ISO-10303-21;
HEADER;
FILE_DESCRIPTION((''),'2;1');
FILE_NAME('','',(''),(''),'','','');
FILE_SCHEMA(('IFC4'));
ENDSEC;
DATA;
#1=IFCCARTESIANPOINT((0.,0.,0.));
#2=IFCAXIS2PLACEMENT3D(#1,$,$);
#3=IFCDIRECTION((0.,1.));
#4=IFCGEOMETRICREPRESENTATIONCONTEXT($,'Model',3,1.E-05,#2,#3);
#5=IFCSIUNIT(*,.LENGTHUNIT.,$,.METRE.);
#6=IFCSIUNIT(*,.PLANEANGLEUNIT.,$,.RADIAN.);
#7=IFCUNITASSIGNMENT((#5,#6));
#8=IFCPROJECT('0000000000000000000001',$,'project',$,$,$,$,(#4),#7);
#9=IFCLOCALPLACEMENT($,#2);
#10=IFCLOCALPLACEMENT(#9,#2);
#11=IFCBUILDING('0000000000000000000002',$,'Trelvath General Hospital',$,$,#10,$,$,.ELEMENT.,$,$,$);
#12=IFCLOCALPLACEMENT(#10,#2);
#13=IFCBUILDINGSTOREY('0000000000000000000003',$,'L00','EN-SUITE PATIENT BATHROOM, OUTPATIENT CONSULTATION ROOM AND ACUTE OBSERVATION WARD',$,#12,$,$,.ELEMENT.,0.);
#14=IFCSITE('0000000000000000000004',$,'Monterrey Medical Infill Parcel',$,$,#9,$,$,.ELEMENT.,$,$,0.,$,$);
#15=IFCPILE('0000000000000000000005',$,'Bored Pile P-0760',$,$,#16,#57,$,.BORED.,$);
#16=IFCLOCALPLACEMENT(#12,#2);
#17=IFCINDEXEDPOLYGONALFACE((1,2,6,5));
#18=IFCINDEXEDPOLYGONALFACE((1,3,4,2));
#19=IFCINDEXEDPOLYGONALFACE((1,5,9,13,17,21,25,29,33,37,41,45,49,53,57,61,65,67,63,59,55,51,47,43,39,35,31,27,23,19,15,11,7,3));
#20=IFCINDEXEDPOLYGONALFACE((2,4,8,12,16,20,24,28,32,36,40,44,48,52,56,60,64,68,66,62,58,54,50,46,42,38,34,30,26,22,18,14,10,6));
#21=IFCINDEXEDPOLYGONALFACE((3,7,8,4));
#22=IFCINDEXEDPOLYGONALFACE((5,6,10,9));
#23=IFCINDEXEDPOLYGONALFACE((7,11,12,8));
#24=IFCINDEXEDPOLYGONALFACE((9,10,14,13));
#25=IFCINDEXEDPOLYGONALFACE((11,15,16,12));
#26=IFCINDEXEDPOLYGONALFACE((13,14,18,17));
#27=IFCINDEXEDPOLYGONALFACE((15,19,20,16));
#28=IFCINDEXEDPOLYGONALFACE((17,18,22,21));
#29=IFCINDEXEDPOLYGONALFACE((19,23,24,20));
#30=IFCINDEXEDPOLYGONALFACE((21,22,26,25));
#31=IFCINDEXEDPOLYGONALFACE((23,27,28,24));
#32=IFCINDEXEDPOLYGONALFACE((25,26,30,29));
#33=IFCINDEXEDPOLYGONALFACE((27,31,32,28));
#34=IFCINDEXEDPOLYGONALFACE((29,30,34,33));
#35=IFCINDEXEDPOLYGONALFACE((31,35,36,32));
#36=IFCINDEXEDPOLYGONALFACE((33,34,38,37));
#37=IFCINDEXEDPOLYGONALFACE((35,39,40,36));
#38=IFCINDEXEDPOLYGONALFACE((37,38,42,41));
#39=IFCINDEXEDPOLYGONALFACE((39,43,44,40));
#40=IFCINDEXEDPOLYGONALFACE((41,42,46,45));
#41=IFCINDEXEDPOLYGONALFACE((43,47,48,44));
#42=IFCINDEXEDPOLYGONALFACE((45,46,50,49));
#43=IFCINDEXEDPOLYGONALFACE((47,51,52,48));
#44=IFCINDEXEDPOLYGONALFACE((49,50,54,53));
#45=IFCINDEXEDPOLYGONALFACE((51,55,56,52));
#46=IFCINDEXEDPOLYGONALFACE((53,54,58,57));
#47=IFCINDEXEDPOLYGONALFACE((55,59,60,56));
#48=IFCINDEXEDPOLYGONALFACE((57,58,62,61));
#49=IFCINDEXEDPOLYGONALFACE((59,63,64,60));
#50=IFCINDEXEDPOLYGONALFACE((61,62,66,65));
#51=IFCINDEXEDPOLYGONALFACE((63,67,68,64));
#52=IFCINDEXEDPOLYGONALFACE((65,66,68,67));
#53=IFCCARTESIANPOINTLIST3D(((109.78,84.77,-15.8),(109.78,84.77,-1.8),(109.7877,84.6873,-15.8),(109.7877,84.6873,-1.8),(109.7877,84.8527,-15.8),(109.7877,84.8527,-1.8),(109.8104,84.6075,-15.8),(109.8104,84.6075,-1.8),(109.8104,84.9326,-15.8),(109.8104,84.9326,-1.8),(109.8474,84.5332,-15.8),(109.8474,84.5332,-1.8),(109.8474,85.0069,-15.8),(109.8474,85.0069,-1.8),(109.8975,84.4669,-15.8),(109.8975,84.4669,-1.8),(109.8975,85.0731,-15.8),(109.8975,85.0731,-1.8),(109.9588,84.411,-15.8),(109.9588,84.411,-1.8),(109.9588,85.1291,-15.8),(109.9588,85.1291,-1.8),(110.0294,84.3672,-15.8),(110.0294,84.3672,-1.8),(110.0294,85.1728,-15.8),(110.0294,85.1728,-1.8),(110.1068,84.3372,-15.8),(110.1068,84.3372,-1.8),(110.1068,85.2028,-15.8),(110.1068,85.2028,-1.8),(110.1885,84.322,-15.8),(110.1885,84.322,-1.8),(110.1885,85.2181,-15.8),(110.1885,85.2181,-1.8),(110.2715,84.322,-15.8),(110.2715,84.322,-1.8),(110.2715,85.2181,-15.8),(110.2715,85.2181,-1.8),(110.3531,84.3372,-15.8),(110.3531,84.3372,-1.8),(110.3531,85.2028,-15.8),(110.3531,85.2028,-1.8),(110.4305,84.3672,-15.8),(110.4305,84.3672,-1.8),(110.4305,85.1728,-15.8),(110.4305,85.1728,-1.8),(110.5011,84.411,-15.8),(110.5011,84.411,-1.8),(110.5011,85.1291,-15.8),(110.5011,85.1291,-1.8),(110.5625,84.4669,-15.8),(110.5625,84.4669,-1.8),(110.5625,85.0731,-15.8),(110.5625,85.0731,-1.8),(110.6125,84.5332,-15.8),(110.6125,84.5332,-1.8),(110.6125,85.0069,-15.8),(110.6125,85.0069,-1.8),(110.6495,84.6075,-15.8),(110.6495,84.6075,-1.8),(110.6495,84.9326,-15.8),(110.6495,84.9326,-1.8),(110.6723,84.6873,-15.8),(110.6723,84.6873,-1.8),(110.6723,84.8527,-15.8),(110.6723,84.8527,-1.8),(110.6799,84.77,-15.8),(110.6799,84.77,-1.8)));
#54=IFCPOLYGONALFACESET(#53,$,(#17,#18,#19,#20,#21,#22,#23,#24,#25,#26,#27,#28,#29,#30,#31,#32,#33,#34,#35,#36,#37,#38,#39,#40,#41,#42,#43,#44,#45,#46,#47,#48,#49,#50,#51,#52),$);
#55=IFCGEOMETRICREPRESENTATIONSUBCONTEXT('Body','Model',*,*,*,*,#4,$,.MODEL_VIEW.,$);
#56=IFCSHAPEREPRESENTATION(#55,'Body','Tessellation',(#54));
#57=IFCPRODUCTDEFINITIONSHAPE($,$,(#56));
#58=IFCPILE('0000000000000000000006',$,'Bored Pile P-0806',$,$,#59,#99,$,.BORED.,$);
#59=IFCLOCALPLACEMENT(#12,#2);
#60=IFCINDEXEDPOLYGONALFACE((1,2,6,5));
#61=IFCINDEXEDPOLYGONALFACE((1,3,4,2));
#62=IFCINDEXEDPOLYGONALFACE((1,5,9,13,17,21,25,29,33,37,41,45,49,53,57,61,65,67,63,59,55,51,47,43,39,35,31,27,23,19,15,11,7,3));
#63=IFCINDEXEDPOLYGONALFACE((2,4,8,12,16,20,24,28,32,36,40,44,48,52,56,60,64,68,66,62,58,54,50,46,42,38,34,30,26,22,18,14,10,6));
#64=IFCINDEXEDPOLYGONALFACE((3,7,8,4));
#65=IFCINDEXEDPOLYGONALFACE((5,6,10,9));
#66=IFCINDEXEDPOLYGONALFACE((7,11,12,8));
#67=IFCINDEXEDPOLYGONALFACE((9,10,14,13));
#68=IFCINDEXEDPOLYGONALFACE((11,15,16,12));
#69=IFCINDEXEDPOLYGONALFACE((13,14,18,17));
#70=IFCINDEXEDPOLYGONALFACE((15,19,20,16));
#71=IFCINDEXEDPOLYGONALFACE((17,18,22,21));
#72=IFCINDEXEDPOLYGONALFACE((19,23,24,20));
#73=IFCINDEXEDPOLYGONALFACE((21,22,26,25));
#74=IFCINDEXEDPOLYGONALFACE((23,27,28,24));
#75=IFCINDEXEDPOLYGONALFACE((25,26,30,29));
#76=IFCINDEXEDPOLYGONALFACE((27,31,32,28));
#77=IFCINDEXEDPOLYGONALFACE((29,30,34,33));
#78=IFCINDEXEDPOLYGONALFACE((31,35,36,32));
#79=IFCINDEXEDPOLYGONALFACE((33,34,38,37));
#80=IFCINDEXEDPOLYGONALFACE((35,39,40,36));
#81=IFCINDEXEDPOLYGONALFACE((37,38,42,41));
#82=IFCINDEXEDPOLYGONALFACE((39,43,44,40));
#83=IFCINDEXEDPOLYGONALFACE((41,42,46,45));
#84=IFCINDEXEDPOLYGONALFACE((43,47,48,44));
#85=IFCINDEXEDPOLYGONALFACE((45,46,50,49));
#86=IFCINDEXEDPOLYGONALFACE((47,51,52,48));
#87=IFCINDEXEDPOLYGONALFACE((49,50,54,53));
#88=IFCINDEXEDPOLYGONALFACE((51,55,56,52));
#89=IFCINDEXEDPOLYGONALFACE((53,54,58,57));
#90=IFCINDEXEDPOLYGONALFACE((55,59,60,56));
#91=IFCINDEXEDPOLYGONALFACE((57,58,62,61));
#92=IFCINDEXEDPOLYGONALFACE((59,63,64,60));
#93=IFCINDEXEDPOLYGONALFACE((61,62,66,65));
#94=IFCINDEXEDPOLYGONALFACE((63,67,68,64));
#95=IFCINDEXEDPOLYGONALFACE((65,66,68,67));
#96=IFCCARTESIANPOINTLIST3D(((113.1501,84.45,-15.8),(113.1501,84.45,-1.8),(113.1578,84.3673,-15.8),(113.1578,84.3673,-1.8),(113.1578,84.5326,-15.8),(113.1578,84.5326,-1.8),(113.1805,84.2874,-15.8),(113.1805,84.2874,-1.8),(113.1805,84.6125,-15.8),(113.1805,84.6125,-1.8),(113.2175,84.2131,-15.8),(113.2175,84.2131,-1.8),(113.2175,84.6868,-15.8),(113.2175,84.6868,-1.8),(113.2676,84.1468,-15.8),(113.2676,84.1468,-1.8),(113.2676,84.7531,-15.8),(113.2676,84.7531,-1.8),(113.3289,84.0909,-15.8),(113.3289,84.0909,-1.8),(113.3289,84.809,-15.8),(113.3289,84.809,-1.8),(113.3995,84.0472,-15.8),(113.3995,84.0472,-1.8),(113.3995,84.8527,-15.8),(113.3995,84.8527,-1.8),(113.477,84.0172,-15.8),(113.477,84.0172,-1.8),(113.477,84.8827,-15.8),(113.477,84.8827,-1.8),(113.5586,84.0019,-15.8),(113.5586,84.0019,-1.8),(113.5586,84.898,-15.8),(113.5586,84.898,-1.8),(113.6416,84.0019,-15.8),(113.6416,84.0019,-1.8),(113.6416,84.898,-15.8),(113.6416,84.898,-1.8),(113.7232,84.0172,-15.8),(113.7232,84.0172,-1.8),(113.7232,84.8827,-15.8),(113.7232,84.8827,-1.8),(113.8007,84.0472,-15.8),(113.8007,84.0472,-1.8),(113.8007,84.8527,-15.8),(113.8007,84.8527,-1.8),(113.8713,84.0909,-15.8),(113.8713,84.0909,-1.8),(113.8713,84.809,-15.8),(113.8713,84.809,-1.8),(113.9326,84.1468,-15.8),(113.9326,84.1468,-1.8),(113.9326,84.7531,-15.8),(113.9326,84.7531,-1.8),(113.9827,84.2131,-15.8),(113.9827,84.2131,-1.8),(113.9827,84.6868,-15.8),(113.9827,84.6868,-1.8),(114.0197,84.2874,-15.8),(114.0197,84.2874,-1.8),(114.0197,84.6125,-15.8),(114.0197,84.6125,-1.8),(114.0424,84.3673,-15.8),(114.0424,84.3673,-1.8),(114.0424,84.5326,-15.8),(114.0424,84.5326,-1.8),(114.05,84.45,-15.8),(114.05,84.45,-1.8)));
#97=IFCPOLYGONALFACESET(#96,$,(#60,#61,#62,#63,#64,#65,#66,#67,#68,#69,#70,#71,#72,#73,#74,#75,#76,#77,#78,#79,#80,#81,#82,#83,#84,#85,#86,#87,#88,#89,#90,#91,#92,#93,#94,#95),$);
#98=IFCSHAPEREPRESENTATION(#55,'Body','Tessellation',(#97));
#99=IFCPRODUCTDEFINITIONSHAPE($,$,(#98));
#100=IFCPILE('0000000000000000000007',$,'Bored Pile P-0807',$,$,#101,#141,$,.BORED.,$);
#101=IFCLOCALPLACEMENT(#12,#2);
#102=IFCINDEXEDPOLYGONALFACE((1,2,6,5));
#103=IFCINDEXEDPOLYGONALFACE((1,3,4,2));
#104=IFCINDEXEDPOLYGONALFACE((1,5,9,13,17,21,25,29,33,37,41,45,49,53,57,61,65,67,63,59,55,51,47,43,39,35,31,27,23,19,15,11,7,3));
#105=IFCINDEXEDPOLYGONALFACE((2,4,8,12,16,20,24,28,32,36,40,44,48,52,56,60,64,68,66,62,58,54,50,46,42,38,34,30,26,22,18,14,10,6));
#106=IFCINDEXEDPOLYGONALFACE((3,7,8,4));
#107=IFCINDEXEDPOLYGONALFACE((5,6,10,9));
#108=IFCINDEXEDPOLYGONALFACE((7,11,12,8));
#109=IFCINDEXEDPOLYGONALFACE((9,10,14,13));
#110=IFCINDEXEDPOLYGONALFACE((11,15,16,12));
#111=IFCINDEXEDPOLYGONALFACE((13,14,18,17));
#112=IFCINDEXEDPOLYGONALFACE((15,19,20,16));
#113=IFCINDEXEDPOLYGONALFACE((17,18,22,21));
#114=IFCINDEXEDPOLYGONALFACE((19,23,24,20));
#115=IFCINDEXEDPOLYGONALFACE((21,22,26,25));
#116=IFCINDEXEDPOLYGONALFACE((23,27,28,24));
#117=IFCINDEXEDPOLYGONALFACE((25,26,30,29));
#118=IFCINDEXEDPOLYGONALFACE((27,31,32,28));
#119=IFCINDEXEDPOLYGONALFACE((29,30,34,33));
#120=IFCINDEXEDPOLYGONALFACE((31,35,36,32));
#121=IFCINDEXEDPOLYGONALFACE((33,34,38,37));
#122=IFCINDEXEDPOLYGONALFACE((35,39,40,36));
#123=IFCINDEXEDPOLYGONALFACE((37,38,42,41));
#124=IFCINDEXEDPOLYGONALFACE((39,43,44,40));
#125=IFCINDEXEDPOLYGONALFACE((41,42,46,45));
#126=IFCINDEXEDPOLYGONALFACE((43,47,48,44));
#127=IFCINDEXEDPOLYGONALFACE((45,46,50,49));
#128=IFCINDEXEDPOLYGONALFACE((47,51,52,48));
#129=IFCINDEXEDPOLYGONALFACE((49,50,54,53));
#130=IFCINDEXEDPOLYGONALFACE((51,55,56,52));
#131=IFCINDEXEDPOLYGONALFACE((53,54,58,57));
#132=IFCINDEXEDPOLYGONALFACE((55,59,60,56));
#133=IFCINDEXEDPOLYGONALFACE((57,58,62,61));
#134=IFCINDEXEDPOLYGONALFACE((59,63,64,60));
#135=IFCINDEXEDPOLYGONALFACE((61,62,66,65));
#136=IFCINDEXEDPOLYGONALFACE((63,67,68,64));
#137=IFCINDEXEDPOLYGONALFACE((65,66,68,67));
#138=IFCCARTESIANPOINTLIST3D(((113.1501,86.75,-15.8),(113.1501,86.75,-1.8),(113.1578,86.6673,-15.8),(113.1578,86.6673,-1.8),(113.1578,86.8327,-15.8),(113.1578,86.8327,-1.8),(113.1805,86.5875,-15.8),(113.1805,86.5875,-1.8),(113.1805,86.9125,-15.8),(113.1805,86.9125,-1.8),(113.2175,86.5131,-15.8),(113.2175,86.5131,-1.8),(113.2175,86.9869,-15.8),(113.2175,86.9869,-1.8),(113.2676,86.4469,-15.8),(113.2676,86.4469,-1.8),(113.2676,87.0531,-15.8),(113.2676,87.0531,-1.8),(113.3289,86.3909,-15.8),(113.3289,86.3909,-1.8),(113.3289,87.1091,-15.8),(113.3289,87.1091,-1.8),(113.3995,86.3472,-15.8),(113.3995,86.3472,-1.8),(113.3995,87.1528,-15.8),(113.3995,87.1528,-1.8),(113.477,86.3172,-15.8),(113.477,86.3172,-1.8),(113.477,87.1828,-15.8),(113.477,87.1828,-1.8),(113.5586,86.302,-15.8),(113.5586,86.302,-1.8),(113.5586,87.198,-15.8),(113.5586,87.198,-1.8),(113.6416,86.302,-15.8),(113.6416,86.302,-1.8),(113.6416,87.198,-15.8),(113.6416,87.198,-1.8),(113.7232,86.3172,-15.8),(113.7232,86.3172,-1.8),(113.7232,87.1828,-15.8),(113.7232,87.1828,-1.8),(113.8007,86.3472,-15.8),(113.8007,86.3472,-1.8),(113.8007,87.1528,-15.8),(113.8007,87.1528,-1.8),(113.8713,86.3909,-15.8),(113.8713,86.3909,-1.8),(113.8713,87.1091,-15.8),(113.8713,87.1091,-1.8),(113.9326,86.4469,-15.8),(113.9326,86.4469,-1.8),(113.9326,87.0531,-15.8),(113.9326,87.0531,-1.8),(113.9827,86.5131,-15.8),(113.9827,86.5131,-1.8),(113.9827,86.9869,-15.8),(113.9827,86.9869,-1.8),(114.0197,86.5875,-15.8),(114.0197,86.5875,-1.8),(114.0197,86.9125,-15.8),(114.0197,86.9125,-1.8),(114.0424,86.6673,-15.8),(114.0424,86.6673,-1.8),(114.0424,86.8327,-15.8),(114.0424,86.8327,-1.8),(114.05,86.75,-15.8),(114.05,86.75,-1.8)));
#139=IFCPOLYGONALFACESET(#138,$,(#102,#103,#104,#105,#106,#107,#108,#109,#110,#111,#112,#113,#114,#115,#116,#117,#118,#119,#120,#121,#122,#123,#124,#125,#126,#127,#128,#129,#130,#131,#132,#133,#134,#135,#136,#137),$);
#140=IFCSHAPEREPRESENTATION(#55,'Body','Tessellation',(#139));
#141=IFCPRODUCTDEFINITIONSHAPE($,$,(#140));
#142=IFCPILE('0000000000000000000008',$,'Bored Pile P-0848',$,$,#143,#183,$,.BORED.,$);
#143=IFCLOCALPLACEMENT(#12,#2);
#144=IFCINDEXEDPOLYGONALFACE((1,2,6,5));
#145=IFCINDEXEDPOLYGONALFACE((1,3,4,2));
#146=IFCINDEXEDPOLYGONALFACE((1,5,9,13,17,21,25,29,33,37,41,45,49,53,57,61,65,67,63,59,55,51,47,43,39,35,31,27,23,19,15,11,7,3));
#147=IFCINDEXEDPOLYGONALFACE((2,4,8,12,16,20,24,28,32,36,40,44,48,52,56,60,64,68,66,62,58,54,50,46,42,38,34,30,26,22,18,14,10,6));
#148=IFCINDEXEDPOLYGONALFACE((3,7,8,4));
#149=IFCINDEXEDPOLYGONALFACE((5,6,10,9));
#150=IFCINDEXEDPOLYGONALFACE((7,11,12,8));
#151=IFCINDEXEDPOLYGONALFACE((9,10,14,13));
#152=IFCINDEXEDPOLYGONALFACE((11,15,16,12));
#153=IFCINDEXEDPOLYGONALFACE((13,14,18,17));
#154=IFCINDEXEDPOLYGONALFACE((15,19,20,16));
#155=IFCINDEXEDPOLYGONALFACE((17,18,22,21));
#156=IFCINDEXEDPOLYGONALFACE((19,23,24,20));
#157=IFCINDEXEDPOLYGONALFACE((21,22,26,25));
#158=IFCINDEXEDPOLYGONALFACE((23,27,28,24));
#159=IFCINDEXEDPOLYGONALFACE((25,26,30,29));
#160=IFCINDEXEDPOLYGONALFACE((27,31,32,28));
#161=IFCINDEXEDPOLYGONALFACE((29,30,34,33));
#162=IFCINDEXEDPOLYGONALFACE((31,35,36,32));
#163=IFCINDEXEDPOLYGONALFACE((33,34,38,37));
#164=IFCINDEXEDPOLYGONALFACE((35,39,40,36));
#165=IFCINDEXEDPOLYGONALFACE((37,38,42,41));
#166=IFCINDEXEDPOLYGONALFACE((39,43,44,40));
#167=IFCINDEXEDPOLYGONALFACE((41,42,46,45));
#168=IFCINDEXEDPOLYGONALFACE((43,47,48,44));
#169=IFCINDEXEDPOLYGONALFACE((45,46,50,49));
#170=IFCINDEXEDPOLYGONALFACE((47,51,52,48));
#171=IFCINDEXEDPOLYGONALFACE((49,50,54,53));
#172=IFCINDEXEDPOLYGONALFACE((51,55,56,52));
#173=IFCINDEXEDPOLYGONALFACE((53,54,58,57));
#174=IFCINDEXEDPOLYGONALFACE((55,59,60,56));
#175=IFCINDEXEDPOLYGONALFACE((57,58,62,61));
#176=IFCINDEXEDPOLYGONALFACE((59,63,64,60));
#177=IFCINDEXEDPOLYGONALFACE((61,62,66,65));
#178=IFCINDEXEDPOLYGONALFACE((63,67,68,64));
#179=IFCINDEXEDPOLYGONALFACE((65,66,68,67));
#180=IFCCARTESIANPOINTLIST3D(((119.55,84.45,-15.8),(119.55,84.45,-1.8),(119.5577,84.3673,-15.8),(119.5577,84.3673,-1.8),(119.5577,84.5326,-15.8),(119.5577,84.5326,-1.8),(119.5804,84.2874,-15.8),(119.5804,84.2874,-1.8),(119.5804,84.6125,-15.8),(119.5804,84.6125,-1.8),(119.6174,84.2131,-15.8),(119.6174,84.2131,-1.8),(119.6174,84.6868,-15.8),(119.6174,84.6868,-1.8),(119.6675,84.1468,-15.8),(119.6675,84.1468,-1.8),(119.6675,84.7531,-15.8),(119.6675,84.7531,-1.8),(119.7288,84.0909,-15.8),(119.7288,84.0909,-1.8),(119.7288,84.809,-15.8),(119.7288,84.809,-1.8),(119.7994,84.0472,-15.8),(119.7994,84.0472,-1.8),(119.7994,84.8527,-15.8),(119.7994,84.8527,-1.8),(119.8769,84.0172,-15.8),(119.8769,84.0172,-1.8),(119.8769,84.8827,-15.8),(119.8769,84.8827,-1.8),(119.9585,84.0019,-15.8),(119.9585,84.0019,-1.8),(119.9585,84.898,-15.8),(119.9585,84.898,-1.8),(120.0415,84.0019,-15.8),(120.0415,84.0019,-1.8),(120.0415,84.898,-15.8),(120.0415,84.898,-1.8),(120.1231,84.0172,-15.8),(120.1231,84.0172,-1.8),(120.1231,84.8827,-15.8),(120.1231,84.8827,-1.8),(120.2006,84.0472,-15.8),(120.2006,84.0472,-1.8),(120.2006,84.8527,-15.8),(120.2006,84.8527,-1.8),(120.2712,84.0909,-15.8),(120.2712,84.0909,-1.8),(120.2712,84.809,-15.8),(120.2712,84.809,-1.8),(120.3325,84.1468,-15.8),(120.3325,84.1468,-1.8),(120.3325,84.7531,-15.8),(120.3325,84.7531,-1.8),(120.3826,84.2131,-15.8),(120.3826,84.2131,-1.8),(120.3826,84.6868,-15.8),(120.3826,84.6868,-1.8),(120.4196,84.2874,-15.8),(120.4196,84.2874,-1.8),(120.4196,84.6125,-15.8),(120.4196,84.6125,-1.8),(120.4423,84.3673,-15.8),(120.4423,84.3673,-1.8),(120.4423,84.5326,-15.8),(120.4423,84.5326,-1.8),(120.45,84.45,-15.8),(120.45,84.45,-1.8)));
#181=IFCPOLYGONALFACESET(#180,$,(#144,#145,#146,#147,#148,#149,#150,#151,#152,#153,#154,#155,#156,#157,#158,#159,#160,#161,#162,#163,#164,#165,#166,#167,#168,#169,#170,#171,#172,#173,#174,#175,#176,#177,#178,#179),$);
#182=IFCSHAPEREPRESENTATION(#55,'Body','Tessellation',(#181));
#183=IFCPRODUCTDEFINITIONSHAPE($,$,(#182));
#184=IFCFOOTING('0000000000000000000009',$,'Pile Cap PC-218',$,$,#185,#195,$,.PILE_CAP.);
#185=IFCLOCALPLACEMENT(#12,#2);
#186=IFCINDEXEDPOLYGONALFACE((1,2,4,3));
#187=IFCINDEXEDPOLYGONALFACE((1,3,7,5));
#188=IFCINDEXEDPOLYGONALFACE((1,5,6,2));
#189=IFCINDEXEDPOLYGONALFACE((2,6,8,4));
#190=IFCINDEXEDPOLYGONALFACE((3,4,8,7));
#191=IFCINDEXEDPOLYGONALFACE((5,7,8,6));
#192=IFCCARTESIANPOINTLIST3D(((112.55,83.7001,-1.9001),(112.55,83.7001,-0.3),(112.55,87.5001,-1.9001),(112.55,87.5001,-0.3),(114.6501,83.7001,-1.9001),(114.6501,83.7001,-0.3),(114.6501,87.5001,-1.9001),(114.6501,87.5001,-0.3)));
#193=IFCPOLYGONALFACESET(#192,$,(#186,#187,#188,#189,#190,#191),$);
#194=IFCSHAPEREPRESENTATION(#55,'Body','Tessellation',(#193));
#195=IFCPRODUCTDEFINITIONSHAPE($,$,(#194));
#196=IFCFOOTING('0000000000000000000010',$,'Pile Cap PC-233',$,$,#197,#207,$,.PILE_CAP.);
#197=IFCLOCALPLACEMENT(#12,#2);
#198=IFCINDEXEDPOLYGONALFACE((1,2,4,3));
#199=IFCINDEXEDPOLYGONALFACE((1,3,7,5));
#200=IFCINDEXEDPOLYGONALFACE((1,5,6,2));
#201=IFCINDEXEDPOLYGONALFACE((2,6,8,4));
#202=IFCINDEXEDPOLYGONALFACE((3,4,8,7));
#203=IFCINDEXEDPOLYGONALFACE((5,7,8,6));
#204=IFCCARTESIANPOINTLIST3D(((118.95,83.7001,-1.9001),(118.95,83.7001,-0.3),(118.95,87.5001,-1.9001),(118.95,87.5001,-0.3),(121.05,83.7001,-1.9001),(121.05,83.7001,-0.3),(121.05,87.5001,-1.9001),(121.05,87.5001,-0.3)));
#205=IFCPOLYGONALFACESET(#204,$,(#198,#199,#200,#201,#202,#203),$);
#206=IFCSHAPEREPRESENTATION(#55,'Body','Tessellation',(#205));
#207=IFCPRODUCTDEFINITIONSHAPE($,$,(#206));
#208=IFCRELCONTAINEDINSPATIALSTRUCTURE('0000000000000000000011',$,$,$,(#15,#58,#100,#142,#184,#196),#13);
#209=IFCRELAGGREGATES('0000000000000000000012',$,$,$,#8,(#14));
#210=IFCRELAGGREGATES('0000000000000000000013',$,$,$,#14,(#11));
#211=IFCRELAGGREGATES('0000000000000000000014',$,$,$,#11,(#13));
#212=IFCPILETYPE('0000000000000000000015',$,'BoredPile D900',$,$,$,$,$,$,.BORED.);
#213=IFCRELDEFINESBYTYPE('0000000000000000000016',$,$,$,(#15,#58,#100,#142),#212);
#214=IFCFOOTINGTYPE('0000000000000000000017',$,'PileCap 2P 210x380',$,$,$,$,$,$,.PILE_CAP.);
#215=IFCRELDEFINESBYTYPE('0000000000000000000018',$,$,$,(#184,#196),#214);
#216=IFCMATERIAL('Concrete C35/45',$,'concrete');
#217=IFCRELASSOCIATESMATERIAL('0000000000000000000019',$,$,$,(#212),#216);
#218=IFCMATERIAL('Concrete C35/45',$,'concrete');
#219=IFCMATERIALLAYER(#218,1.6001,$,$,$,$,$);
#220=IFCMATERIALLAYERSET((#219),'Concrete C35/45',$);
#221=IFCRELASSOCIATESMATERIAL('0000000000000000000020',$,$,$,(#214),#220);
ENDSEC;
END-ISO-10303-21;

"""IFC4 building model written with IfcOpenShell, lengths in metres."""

from ifc_helpers import new_model, si_unit, direction, frame, origin, origin_2d, place, context, subcontext, project, spatial, rectangle, circle, extrude, material, layer, layer_set, material_profile, profile_set, type_object, element, save


model = new_model("IFC4")

# Units and contexts
model_context = context("Model", 3, precision=1e-05, world=origin(), true_north=direction((0.0, 1.0)))
body_context = subcontext(model_context, "Body", "Model", "MODEL_VIEW")
ifc_project = project(units=[si_unit("LENGTHUNIT", "METRE"), si_unit("PLANEANGLEUNIT", "RADIAN")], contexts=[model_context])

# Site, building, storey
site_placement = place(None, origin())
site = spatial("IfcSite", under=ifc_project, at=site_placement, Name="Monterrey Medical Infill Parcel", CompositionType="ELEMENT", RefElevation=0.0)
building_placement = place(site_placement, origin())
building = spatial("IfcBuilding", under=site, at=building_placement, Name="Trelvath General Hospital", CompositionType="ELEMENT")
storey_placement = place(building_placement, origin())
storey = spatial("IfcBuildingStorey", under=building, at=storey_placement, Name="L00", Description="EN-SUITE PATIENT BATHROOM, OUTPATIENT CONSULTATION ROOM AND ACUTE OBSERVATION WARD", CompositionType="ELEMENT", Elevation=0.0)

# Piles
ifc_material_1 = material(Name="Concrete C35/45", Category="concrete")
ifc_material_profile_1 = material_profile(ifc_material_1, circle(Radius=0.45, at=origin_2d()), Name="PILE900")
ifc_profile_set_1 = profile_set([ifc_material_profile_1], Name="Concrete C35/45")
pile_type_1 = type_object("IfcPileType", Name="BoredPile D900", PredefinedType="BORED", material=ifc_profile_set_1)
for number, where, z_axis, x_axis, name in (
    (1, (110.23, 84.77, -1.8), (0.0, 0.0, -1.0), (1.0, 0.0, 0.0), "Bored Pile P-0760"),
    (2, (113.6001, 84.45, -1.8), (0.0, 0.0, -1.0), (1.0, 0.0, 0.0), "Bored Pile P-0806"),
    (3, (113.6001, 86.75, -1.8), (0.0, 0.0, -1.0), (1.0, 0.0, 0.0), "Bored Pile P-0807"),
    (4, (120.0, 84.45, -1.8), (0.0, 0.0, -1.0), (1.0, 0.0, 0.0), "Bored Pile P-0848"),
):
    element("IfcPile", number, at=place(storey_placement, frame(where, z_axis=z_axis, x_axis=x_axis)), inside=storey, type_object=pile_type_1, Name=name, PredefinedType="BORED", context=body_context, shape_type="SweptSolid", body=[
        extrude(circle(Radius=0.45, at=origin_2d()), origin(), (0.0, 0.0, 1.0), 14.0),
    ])

# Footings
ifc_material_2 = material(Name="Concrete C35/45", Category="concrete")
ifc_layer_1 = layer(ifc_material_2, 1.6001)
ifc_layer_set_1 = layer_set([ifc_layer_1], Name="Concrete C35/45")
footing_type_1 = type_object("IfcFootingType", Name="PileCap 2P 210x380", PredefinedType="PILE_CAP", material=ifc_layer_set_1)
for number, where, z_axis, x_axis, name in (
    (5, (113.6001, 85.6001, -1.9001), (0.0, 0.0, 1.0), (1.0, 0.0, 0.0), "Pile Cap PC-218"),
    (6, (120.0, 85.6001, -1.9001), (0.0, 0.0, 1.0), (1.0, 0.0, 0.0), "Pile Cap PC-233"),
):
    element("IfcFooting", number, at=place(storey_placement, frame(where, z_axis=z_axis, x_axis=x_axis)), inside=storey, type_object=footing_type_1, Name=name, PredefinedType="PILE_CAP", context=body_context, shape_type="SweptSolid", body=[
        extrude(rectangle(XDim=2.1001, YDim=3.8, at=origin_2d()), origin(), (0.0, 0.0, 1.0), 1.6001),
    ])

save(model, "model.ifc")
